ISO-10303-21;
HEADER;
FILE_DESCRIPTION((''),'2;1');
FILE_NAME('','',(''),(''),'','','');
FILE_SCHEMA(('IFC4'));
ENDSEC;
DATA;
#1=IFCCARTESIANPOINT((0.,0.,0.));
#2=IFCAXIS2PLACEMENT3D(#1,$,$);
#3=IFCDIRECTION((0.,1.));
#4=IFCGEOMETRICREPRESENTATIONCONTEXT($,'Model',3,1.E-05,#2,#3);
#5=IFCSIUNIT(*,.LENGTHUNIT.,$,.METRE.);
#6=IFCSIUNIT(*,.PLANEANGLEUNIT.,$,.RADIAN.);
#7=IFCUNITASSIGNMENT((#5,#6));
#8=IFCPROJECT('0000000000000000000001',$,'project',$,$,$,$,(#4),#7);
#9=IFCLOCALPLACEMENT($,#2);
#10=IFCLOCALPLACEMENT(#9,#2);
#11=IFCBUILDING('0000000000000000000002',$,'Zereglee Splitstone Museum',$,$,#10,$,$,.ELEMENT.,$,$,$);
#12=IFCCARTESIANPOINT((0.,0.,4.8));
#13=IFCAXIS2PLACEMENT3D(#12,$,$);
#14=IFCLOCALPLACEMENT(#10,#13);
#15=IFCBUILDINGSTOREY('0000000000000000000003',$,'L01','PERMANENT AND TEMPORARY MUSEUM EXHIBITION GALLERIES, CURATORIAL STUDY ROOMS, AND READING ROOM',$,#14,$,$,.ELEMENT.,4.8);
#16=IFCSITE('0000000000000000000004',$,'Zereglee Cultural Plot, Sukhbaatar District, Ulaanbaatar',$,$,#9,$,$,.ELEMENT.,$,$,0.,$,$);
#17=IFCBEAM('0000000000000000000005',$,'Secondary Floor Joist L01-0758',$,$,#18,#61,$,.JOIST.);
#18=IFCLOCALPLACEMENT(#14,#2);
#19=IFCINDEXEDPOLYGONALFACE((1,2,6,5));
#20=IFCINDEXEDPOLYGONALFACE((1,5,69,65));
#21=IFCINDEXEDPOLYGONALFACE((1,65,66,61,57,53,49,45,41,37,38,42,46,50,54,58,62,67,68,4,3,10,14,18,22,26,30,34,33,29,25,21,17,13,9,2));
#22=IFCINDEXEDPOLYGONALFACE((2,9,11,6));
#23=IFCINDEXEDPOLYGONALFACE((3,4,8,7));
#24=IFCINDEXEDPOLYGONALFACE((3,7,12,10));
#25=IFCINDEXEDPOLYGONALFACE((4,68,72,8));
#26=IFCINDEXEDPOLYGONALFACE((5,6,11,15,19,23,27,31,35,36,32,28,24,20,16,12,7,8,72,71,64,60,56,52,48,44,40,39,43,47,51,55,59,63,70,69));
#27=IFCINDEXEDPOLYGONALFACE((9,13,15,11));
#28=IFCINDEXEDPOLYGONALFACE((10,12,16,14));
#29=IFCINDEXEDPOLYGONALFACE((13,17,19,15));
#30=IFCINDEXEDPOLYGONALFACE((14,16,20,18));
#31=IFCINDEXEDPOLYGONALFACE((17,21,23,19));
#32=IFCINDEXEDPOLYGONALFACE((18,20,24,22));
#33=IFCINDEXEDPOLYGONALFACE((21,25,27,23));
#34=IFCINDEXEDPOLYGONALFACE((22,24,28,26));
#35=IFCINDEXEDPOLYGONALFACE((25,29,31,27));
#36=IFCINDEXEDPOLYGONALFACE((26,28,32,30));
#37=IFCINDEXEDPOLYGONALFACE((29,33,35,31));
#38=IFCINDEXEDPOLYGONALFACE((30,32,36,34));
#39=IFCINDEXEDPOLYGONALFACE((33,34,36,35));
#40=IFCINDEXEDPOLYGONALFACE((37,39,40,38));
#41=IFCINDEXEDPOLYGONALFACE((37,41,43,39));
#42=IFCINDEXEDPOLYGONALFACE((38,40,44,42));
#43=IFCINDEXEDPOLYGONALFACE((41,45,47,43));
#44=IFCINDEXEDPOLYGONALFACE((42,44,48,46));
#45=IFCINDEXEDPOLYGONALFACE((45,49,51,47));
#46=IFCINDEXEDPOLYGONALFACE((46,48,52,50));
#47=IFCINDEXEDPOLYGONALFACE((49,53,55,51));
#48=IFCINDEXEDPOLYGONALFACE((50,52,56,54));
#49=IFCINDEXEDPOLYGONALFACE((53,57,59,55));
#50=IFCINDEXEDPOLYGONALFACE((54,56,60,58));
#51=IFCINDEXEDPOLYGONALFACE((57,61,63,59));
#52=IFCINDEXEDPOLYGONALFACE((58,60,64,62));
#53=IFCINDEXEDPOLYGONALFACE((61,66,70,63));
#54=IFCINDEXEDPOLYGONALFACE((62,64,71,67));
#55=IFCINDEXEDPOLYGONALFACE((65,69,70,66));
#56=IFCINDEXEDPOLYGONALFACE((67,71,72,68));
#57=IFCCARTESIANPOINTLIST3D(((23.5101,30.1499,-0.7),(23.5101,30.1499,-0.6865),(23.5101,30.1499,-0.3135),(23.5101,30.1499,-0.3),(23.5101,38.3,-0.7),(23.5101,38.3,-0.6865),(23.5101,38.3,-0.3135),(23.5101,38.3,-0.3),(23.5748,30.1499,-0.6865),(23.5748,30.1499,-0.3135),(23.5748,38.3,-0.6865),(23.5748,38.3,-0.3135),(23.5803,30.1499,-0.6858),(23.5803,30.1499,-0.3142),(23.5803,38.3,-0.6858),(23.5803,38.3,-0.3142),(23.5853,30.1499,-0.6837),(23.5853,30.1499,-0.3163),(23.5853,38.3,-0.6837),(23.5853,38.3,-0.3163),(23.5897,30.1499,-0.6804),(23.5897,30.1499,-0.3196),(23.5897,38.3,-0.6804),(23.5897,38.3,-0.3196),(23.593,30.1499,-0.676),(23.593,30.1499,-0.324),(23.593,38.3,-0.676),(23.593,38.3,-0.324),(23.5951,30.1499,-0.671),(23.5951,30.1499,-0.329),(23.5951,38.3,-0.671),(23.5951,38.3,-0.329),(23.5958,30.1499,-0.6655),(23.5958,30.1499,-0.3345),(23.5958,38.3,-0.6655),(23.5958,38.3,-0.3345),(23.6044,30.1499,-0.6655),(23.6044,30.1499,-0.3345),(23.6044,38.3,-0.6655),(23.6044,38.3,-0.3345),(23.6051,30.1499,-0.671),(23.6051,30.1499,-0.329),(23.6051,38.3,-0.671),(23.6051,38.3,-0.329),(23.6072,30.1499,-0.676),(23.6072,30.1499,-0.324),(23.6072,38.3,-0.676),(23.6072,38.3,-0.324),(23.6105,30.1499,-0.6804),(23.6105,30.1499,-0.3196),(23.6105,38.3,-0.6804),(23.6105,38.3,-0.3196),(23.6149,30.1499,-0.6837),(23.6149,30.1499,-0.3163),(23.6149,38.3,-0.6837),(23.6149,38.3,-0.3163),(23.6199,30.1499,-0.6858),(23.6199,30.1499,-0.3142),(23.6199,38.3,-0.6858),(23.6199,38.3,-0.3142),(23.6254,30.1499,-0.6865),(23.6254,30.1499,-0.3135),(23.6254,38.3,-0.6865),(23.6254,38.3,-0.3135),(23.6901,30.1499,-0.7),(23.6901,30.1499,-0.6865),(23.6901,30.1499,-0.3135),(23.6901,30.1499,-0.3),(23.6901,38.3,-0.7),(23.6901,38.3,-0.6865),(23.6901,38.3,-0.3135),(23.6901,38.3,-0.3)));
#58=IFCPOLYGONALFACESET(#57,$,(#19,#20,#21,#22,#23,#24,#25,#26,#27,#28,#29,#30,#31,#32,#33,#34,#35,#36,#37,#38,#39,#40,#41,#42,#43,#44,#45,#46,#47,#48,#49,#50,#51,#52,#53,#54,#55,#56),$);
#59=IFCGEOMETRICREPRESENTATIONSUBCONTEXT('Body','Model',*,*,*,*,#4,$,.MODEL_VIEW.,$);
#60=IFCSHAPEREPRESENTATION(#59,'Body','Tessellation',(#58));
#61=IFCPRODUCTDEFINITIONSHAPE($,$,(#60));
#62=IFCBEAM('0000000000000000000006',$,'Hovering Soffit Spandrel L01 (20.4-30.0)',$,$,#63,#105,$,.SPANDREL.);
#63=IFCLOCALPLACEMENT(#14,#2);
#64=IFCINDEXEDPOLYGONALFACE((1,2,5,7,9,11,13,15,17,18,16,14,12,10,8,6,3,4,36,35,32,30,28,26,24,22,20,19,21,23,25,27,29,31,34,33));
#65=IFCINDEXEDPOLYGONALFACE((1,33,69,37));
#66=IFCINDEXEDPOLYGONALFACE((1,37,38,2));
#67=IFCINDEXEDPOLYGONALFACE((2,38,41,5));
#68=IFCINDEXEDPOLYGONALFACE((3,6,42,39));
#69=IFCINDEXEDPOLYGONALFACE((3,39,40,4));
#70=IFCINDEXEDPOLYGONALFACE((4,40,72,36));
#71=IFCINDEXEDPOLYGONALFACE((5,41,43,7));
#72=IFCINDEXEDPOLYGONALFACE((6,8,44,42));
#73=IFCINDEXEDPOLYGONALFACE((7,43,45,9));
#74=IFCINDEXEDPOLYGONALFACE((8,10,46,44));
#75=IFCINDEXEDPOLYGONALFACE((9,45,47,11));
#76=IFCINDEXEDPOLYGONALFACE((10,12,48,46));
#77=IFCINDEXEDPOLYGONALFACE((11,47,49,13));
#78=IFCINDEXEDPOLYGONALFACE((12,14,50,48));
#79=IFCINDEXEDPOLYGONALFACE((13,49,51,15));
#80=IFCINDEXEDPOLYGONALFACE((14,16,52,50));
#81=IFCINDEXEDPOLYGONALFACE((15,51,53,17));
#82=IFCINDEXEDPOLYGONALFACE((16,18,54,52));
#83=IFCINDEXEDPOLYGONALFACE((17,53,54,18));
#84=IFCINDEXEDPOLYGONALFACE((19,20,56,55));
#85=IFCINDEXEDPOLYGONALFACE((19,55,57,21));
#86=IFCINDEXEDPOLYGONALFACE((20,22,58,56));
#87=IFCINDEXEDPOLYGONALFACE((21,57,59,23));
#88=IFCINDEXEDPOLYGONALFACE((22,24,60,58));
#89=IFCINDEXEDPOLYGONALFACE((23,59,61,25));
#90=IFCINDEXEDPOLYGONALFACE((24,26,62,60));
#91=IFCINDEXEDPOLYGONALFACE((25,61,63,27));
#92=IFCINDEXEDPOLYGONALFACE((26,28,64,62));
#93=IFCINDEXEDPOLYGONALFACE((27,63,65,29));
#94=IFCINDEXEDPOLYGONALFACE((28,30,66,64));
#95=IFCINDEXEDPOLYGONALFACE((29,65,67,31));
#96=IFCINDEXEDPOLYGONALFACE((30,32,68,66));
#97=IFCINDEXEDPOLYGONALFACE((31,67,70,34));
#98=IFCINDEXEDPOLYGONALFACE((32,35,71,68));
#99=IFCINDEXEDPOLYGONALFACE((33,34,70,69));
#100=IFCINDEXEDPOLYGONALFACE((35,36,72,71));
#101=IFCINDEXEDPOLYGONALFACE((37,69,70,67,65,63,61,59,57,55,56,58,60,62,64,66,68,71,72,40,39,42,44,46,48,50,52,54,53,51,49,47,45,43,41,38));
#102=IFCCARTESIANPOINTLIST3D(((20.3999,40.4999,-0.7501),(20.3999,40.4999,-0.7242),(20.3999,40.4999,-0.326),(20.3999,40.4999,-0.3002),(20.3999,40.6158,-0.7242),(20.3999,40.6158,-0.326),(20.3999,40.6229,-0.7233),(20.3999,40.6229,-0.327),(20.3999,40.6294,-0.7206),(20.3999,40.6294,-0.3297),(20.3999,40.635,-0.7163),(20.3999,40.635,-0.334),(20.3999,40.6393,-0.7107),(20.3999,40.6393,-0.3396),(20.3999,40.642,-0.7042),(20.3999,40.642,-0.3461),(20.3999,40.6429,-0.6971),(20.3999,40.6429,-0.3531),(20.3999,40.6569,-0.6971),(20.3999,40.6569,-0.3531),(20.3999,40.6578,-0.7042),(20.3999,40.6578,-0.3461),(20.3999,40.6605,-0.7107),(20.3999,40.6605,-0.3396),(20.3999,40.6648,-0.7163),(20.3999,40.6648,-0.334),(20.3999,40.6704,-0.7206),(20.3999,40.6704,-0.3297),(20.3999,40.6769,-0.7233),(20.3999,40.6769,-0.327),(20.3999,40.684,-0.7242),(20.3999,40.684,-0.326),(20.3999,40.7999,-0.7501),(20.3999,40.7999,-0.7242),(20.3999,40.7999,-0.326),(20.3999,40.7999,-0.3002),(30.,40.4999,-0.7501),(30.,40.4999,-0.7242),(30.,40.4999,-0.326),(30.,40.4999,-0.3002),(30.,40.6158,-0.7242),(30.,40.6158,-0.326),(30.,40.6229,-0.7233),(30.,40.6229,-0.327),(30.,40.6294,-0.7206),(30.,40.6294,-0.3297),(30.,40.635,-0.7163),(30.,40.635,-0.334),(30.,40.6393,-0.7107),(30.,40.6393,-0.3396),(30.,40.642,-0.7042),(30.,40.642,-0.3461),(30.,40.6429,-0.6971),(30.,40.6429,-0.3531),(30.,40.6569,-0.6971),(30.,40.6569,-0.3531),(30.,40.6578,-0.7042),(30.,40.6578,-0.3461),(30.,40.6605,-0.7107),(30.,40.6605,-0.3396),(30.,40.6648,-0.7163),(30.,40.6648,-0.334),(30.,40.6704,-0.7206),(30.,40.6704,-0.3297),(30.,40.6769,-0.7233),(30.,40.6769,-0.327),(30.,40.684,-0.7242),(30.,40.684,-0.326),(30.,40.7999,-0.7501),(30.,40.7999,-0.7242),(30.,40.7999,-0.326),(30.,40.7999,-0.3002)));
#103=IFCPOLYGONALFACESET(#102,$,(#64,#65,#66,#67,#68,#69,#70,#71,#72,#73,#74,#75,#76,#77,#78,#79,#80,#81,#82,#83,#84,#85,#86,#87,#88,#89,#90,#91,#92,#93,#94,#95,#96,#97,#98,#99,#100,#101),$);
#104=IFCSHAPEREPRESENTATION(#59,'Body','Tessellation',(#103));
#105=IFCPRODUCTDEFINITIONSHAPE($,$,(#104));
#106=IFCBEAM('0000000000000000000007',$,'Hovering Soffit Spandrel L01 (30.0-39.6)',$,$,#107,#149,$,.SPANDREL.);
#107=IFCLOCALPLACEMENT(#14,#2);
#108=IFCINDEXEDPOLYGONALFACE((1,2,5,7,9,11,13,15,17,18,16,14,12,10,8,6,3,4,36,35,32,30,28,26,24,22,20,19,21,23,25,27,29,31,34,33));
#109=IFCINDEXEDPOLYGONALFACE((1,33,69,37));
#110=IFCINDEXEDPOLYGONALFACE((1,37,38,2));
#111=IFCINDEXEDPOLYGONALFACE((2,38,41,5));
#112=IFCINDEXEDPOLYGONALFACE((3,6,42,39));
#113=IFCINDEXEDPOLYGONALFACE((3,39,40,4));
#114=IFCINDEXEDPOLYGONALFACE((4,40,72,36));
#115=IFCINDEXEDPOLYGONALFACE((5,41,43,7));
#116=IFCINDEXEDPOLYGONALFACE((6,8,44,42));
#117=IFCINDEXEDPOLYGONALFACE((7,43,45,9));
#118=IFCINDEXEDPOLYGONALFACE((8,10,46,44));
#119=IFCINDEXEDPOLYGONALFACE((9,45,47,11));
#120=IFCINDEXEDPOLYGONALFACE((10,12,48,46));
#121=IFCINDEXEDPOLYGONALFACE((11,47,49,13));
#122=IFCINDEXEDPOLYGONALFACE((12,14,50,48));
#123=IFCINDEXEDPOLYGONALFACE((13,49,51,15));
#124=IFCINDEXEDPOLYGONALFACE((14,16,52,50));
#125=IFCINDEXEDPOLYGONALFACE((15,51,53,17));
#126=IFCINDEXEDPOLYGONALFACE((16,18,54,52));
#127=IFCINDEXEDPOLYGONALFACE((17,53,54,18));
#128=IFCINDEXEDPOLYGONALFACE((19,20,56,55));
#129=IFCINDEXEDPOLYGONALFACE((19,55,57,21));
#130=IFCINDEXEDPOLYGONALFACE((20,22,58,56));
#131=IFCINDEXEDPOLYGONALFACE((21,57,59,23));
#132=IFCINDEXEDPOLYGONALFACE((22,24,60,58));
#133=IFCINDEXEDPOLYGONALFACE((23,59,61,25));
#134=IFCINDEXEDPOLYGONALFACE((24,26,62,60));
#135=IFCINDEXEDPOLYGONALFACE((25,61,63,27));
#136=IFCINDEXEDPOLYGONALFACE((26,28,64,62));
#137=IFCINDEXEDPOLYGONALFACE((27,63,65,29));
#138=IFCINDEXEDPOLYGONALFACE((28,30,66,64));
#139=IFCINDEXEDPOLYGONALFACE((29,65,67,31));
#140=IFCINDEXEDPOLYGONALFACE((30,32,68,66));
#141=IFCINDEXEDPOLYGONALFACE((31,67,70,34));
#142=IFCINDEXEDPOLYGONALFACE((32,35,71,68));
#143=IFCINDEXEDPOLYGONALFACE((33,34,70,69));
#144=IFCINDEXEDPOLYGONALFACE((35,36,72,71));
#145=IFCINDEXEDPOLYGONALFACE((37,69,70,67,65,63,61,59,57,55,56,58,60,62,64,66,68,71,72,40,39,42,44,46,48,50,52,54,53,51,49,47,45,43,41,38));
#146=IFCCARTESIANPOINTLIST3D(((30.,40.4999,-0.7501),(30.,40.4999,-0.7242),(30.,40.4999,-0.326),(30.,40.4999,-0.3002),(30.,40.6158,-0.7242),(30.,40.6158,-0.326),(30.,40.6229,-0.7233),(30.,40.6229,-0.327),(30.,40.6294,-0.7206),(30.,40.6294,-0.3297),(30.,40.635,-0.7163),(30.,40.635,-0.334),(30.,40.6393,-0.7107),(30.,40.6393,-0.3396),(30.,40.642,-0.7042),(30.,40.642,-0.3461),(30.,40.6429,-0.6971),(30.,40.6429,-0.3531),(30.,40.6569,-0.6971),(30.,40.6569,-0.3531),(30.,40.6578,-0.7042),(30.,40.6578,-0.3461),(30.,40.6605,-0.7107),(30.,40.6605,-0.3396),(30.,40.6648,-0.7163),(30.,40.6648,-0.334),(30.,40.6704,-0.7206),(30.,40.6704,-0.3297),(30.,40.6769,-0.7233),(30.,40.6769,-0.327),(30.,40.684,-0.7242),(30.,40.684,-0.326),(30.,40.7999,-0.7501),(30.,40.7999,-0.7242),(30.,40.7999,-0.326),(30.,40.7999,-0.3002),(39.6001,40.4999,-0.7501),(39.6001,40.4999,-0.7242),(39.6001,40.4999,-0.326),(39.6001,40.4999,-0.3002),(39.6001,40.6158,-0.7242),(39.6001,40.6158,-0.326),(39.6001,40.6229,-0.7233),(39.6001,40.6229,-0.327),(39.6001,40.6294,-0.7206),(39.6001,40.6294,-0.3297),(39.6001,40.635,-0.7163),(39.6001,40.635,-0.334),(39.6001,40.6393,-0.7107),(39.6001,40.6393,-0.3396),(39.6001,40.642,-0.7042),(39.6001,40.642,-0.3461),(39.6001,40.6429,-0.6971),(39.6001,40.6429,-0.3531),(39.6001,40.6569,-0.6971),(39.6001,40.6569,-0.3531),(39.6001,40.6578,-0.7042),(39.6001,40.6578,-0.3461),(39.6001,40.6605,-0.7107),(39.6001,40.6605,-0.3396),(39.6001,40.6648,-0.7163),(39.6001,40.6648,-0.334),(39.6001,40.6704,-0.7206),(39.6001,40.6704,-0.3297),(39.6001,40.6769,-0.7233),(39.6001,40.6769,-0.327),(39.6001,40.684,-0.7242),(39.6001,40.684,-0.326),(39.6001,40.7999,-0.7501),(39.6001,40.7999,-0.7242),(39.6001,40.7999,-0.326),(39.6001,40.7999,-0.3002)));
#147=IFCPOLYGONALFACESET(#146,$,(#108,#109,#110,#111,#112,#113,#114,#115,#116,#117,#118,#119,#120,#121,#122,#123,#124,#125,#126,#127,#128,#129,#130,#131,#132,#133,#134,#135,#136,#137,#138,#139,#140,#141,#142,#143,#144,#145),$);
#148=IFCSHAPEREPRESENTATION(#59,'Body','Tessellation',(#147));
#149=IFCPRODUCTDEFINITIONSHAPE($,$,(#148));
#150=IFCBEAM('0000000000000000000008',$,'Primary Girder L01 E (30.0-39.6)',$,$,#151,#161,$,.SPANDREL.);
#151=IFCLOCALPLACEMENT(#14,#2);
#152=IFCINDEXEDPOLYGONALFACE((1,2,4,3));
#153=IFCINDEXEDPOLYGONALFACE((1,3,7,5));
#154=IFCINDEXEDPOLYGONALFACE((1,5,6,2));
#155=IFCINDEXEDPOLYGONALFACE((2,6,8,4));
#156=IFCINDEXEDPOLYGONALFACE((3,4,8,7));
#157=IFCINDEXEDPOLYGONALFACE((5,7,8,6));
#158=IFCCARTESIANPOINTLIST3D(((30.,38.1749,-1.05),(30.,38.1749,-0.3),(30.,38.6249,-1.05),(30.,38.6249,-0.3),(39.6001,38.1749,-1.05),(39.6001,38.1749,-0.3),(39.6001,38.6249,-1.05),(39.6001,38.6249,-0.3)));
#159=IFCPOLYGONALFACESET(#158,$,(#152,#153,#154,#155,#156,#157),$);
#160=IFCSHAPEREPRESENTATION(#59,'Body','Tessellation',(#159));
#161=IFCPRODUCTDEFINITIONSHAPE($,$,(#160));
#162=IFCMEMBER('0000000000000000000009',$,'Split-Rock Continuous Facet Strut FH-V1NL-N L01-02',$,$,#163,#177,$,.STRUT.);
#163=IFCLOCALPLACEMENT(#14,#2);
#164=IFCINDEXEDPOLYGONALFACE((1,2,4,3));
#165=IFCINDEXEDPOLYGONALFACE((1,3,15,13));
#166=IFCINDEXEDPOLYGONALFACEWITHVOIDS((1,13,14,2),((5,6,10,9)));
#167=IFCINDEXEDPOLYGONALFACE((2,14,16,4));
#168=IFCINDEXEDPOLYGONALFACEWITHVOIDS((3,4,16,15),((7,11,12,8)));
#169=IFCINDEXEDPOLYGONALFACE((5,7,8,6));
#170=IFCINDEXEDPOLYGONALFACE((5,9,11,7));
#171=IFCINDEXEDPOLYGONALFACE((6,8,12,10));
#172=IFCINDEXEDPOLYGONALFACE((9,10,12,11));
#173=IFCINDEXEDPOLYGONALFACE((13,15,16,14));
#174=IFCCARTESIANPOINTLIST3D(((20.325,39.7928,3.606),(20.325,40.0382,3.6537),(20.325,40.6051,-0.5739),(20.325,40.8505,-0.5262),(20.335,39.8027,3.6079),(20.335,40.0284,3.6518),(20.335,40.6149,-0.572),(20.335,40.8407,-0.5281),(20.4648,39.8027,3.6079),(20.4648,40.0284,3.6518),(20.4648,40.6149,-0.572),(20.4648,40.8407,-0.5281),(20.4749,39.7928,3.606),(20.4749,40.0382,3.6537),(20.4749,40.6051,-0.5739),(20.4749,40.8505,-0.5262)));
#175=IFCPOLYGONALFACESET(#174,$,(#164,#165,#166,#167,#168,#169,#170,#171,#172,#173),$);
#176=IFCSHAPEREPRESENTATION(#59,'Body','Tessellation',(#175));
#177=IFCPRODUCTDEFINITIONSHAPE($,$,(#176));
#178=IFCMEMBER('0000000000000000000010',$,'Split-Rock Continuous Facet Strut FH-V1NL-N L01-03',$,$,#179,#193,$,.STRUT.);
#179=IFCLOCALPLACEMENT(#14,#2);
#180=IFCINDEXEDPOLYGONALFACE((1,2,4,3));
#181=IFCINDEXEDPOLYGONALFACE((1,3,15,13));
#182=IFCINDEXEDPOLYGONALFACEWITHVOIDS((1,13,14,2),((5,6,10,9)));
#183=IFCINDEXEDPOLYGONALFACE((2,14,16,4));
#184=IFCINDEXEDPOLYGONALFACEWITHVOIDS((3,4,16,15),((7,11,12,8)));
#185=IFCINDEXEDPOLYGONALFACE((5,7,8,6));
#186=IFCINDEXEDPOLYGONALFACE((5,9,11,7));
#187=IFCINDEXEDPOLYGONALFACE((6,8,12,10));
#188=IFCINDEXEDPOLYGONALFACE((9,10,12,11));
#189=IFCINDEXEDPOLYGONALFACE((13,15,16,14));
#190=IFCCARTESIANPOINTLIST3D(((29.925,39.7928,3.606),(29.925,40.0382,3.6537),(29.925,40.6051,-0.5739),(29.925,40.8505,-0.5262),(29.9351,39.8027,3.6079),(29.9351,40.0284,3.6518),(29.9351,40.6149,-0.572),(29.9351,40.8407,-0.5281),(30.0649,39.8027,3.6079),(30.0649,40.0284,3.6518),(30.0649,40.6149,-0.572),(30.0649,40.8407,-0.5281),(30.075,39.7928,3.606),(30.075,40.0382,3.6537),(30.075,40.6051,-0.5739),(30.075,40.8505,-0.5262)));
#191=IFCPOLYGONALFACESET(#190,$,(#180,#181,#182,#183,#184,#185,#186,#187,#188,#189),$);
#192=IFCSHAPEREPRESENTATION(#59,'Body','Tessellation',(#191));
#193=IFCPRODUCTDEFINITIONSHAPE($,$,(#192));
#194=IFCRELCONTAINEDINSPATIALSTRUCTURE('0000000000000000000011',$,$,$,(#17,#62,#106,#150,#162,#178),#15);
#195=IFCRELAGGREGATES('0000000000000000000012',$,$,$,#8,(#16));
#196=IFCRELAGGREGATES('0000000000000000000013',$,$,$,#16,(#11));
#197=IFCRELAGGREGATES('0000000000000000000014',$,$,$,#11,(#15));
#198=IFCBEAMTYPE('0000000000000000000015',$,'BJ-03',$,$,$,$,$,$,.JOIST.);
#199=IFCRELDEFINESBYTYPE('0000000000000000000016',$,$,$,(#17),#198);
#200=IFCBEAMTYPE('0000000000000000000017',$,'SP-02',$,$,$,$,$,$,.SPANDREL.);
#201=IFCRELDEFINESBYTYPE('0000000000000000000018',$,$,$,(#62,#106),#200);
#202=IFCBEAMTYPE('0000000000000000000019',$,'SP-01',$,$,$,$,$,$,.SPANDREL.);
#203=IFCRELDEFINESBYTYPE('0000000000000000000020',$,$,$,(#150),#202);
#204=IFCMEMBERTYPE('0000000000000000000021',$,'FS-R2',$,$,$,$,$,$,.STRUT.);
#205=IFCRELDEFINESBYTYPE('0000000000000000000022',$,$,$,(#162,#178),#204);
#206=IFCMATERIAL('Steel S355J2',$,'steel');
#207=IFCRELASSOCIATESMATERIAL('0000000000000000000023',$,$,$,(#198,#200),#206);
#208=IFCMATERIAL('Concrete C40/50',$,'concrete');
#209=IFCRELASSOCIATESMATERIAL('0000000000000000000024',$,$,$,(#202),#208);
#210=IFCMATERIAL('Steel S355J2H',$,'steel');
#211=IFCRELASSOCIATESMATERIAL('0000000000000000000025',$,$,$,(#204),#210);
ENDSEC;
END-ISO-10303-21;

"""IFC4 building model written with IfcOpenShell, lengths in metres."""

from ifc_helpers import new_model, si_unit, direction, frame, origin, origin_2d, place, context, subcontext, project, spatial, rectangle, hollow_rectangle, i_section, extrude, material, material_profile, profile_set, type_object, element, save


model = new_model("IFC4")

# Units and contexts
model_context = context("Model", 3, precision=1e-05, world=origin(), true_north=direction((0.0, 1.0)))
body_context = subcontext(model_context, "Body", "Model", "MODEL_VIEW")
ifc_project = project(units=[si_unit("LENGTHUNIT", "METRE"), si_unit("PLANEANGLEUNIT", "RADIAN")], contexts=[model_context])

# Site, building, storey
site_placement = place(None, origin())
site = spatial("IfcSite", under=ifc_project, at=site_placement, Name="Zereglee Cultural Plot, Sukhbaatar District, Ulaanbaatar", CompositionType="ELEMENT", RefElevation=0.0)
building_placement = place(site_placement, origin())
building = spatial("IfcBuilding", under=site, at=building_placement, Name="Zereglee Splitstone Museum", CompositionType="ELEMENT")
storey_placement = place(building_placement, frame((0.0, 0.0, 4.8)))
storey = spatial("IfcBuildingStorey", under=building, at=storey_placement, Name="L01", Description="PERMANENT AND TEMPORARY MUSEUM EXHIBITION GALLERIES, CURATORIAL STUDY ROOMS, AND READING ROOM", CompositionType="ELEMENT", Elevation=4.8)

# Shared definitions
ifc_material_1 = material(Name="Steel S355J2H", Category="steel")
ifc_material_2 = material(Name="Steel S355J2", Category="steel")

# Beams
ifc_material_profile_1 = material_profile(ifc_material_2, i_section(OverallWidth=0.1799, OverallDepth=0.3999, WebThickness=0.0085, FlangeThickness=0.0134, FilletRadius=0.021, at=origin_2d()), Name="IPE 400")
ifc_profile_set_1 = profile_set([ifc_material_profile_1], Name="Steel S355J2")
beam_type_1 = type_object("IfcBeamType", Name="BJ-03", PredefinedType="JOIST", material=ifc_profile_set_1)
beam_1_placement = place(storey_placement, frame((23.6001, 30.1499, -0.5), z_axis=(0.0, 1.0, 0.0), x_axis=(-1.0, 0.0, 0.0)))
element("IfcBeam", 1, at=beam_1_placement, inside=storey, type_object=beam_type_1, Name="Secondary Floor Joist L01-0758", PredefinedType="JOIST", context=body_context, shape_type="SweptSolid", body=[
    extrude(i_section(OverallWidth=0.1799, OverallDepth=0.3999, WebThickness=0.0085, FlangeThickness=0.0134, FilletRadius=0.021, at=origin_2d()), origin(), (0.0, 0.0, 1.0), 8.1501),
])
ifc_material_profile_2 = material_profile(ifc_material_2, i_section(OverallWidth=0.3, OverallDepth=0.45, WebThickness=0.0139, FlangeThickness=0.0259, FilletRadius=0.0271, at=origin_2d()), Name="HE 450 B")
ifc_profile_set_2 = profile_set([ifc_material_profile_2], Name="Steel S355J2")
beam_type_2 = type_object("IfcBeamType", Name="SP-02", PredefinedType="SPANDREL", material=ifc_profile_set_2)
for number, where, z_axis, x_axis, name in (
    (2, (20.3999, 40.6499, -0.5251), (1.0, 0.0, 0.0), (0.0, 1.0, 0.0), "Hovering Soffit Spandrel L01 (20.4-30.0)"),
    (3, (30.0, 40.6499, -0.5251), (1.0, 0.0, 0.0), (0.0, 1.0, 0.0), "Hovering Soffit Spandrel L01 (30.0-39.6)"),
):
    element("IfcBeam", number, at=place(storey_placement, frame(where, z_axis=z_axis, x_axis=x_axis)), inside=storey, type_object=beam_type_2, Name=name, PredefinedType="SPANDREL", context=body_context, shape_type="SweptSolid", body=[
        extrude(i_section(OverallWidth=0.3, OverallDepth=0.45, WebThickness=0.0139, FlangeThickness=0.0259, FilletRadius=0.0271, at=origin_2d()), origin(), (0.0, 0.0, 1.0), 9.6001),
    ])
ifc_material_3 = material(Name="Concrete C40/50", Category="concrete")
ifc_material_profile_3 = material_profile(ifc_material_3, rectangle(XDim=0.45, YDim=0.75, at=origin_2d()), Name="RC 450x750")
ifc_profile_set_3 = profile_set([ifc_material_profile_3], Name="Concrete C40/50")
beam_type_3 = type_object("IfcBeamType", Name="SP-01", PredefinedType="SPANDREL", material=ifc_profile_set_3)
beam_2_placement = place(storey_placement, frame((30.0, 38.3999, -0.675), z_axis=(1.0, 0.0, 0.0), x_axis=(0.0, 1.0, 0.0)))
element("IfcBeam", 4, at=beam_2_placement, inside=storey, type_object=beam_type_3, Name="Primary Girder L01 E (30.0-39.6)", PredefinedType="SPANDREL", context=body_context, shape_type="SweptSolid", body=[
    extrude(rectangle(XDim=0.45, YDim=0.75, at=origin_2d()), origin(), (0.0, 0.0, 1.0), 9.6001),
])

# Members
ifc_material_profile_4 = material_profile(ifc_material_1, hollow_rectangle(XDim=0.1499, YDim=0.25, WallThickness=0.01, at=origin_2d()), Name="RHS 250x150x10")
ifc_profile_set_4 = profile_set([ifc_material_profile_4], Name="Steel S355J2H")
member_type_1 = type_object("IfcMemberType", Name="FS-R2", PredefinedType="STRUT", material=ifc_profile_set_4)
for number, where, z_axis, x_axis, name in (
    (5, (20.3999, 40.7278, -0.55), (0.0, -0.190755, 0.981638), (1.0, 0.0, 0.0), "Split-Rock Continuous Facet Strut FH-V1NL-N L01-02"),
    (6, (30.0, 40.7278, -0.55), (0.0, -0.190755, 0.981638), (1.0, 0.0, 0.0), "Split-Rock Continuous Facet Strut FH-V1NL-N L01-03"),
):
    element("IfcMember", number, at=place(storey_placement, frame(where, z_axis=z_axis, x_axis=x_axis)), inside=storey, type_object=member_type_1, Name=name, PredefinedType="STRUT", context=body_context, shape_type="SweptSolid", body=[
        extrude(hollow_rectangle(XDim=0.1499, YDim=0.25, WallThickness=0.01, at=origin_2d()), origin(), (0.0, 0.0, 1.0), 4.2581),
    ])

save(model, "model.ifc")
